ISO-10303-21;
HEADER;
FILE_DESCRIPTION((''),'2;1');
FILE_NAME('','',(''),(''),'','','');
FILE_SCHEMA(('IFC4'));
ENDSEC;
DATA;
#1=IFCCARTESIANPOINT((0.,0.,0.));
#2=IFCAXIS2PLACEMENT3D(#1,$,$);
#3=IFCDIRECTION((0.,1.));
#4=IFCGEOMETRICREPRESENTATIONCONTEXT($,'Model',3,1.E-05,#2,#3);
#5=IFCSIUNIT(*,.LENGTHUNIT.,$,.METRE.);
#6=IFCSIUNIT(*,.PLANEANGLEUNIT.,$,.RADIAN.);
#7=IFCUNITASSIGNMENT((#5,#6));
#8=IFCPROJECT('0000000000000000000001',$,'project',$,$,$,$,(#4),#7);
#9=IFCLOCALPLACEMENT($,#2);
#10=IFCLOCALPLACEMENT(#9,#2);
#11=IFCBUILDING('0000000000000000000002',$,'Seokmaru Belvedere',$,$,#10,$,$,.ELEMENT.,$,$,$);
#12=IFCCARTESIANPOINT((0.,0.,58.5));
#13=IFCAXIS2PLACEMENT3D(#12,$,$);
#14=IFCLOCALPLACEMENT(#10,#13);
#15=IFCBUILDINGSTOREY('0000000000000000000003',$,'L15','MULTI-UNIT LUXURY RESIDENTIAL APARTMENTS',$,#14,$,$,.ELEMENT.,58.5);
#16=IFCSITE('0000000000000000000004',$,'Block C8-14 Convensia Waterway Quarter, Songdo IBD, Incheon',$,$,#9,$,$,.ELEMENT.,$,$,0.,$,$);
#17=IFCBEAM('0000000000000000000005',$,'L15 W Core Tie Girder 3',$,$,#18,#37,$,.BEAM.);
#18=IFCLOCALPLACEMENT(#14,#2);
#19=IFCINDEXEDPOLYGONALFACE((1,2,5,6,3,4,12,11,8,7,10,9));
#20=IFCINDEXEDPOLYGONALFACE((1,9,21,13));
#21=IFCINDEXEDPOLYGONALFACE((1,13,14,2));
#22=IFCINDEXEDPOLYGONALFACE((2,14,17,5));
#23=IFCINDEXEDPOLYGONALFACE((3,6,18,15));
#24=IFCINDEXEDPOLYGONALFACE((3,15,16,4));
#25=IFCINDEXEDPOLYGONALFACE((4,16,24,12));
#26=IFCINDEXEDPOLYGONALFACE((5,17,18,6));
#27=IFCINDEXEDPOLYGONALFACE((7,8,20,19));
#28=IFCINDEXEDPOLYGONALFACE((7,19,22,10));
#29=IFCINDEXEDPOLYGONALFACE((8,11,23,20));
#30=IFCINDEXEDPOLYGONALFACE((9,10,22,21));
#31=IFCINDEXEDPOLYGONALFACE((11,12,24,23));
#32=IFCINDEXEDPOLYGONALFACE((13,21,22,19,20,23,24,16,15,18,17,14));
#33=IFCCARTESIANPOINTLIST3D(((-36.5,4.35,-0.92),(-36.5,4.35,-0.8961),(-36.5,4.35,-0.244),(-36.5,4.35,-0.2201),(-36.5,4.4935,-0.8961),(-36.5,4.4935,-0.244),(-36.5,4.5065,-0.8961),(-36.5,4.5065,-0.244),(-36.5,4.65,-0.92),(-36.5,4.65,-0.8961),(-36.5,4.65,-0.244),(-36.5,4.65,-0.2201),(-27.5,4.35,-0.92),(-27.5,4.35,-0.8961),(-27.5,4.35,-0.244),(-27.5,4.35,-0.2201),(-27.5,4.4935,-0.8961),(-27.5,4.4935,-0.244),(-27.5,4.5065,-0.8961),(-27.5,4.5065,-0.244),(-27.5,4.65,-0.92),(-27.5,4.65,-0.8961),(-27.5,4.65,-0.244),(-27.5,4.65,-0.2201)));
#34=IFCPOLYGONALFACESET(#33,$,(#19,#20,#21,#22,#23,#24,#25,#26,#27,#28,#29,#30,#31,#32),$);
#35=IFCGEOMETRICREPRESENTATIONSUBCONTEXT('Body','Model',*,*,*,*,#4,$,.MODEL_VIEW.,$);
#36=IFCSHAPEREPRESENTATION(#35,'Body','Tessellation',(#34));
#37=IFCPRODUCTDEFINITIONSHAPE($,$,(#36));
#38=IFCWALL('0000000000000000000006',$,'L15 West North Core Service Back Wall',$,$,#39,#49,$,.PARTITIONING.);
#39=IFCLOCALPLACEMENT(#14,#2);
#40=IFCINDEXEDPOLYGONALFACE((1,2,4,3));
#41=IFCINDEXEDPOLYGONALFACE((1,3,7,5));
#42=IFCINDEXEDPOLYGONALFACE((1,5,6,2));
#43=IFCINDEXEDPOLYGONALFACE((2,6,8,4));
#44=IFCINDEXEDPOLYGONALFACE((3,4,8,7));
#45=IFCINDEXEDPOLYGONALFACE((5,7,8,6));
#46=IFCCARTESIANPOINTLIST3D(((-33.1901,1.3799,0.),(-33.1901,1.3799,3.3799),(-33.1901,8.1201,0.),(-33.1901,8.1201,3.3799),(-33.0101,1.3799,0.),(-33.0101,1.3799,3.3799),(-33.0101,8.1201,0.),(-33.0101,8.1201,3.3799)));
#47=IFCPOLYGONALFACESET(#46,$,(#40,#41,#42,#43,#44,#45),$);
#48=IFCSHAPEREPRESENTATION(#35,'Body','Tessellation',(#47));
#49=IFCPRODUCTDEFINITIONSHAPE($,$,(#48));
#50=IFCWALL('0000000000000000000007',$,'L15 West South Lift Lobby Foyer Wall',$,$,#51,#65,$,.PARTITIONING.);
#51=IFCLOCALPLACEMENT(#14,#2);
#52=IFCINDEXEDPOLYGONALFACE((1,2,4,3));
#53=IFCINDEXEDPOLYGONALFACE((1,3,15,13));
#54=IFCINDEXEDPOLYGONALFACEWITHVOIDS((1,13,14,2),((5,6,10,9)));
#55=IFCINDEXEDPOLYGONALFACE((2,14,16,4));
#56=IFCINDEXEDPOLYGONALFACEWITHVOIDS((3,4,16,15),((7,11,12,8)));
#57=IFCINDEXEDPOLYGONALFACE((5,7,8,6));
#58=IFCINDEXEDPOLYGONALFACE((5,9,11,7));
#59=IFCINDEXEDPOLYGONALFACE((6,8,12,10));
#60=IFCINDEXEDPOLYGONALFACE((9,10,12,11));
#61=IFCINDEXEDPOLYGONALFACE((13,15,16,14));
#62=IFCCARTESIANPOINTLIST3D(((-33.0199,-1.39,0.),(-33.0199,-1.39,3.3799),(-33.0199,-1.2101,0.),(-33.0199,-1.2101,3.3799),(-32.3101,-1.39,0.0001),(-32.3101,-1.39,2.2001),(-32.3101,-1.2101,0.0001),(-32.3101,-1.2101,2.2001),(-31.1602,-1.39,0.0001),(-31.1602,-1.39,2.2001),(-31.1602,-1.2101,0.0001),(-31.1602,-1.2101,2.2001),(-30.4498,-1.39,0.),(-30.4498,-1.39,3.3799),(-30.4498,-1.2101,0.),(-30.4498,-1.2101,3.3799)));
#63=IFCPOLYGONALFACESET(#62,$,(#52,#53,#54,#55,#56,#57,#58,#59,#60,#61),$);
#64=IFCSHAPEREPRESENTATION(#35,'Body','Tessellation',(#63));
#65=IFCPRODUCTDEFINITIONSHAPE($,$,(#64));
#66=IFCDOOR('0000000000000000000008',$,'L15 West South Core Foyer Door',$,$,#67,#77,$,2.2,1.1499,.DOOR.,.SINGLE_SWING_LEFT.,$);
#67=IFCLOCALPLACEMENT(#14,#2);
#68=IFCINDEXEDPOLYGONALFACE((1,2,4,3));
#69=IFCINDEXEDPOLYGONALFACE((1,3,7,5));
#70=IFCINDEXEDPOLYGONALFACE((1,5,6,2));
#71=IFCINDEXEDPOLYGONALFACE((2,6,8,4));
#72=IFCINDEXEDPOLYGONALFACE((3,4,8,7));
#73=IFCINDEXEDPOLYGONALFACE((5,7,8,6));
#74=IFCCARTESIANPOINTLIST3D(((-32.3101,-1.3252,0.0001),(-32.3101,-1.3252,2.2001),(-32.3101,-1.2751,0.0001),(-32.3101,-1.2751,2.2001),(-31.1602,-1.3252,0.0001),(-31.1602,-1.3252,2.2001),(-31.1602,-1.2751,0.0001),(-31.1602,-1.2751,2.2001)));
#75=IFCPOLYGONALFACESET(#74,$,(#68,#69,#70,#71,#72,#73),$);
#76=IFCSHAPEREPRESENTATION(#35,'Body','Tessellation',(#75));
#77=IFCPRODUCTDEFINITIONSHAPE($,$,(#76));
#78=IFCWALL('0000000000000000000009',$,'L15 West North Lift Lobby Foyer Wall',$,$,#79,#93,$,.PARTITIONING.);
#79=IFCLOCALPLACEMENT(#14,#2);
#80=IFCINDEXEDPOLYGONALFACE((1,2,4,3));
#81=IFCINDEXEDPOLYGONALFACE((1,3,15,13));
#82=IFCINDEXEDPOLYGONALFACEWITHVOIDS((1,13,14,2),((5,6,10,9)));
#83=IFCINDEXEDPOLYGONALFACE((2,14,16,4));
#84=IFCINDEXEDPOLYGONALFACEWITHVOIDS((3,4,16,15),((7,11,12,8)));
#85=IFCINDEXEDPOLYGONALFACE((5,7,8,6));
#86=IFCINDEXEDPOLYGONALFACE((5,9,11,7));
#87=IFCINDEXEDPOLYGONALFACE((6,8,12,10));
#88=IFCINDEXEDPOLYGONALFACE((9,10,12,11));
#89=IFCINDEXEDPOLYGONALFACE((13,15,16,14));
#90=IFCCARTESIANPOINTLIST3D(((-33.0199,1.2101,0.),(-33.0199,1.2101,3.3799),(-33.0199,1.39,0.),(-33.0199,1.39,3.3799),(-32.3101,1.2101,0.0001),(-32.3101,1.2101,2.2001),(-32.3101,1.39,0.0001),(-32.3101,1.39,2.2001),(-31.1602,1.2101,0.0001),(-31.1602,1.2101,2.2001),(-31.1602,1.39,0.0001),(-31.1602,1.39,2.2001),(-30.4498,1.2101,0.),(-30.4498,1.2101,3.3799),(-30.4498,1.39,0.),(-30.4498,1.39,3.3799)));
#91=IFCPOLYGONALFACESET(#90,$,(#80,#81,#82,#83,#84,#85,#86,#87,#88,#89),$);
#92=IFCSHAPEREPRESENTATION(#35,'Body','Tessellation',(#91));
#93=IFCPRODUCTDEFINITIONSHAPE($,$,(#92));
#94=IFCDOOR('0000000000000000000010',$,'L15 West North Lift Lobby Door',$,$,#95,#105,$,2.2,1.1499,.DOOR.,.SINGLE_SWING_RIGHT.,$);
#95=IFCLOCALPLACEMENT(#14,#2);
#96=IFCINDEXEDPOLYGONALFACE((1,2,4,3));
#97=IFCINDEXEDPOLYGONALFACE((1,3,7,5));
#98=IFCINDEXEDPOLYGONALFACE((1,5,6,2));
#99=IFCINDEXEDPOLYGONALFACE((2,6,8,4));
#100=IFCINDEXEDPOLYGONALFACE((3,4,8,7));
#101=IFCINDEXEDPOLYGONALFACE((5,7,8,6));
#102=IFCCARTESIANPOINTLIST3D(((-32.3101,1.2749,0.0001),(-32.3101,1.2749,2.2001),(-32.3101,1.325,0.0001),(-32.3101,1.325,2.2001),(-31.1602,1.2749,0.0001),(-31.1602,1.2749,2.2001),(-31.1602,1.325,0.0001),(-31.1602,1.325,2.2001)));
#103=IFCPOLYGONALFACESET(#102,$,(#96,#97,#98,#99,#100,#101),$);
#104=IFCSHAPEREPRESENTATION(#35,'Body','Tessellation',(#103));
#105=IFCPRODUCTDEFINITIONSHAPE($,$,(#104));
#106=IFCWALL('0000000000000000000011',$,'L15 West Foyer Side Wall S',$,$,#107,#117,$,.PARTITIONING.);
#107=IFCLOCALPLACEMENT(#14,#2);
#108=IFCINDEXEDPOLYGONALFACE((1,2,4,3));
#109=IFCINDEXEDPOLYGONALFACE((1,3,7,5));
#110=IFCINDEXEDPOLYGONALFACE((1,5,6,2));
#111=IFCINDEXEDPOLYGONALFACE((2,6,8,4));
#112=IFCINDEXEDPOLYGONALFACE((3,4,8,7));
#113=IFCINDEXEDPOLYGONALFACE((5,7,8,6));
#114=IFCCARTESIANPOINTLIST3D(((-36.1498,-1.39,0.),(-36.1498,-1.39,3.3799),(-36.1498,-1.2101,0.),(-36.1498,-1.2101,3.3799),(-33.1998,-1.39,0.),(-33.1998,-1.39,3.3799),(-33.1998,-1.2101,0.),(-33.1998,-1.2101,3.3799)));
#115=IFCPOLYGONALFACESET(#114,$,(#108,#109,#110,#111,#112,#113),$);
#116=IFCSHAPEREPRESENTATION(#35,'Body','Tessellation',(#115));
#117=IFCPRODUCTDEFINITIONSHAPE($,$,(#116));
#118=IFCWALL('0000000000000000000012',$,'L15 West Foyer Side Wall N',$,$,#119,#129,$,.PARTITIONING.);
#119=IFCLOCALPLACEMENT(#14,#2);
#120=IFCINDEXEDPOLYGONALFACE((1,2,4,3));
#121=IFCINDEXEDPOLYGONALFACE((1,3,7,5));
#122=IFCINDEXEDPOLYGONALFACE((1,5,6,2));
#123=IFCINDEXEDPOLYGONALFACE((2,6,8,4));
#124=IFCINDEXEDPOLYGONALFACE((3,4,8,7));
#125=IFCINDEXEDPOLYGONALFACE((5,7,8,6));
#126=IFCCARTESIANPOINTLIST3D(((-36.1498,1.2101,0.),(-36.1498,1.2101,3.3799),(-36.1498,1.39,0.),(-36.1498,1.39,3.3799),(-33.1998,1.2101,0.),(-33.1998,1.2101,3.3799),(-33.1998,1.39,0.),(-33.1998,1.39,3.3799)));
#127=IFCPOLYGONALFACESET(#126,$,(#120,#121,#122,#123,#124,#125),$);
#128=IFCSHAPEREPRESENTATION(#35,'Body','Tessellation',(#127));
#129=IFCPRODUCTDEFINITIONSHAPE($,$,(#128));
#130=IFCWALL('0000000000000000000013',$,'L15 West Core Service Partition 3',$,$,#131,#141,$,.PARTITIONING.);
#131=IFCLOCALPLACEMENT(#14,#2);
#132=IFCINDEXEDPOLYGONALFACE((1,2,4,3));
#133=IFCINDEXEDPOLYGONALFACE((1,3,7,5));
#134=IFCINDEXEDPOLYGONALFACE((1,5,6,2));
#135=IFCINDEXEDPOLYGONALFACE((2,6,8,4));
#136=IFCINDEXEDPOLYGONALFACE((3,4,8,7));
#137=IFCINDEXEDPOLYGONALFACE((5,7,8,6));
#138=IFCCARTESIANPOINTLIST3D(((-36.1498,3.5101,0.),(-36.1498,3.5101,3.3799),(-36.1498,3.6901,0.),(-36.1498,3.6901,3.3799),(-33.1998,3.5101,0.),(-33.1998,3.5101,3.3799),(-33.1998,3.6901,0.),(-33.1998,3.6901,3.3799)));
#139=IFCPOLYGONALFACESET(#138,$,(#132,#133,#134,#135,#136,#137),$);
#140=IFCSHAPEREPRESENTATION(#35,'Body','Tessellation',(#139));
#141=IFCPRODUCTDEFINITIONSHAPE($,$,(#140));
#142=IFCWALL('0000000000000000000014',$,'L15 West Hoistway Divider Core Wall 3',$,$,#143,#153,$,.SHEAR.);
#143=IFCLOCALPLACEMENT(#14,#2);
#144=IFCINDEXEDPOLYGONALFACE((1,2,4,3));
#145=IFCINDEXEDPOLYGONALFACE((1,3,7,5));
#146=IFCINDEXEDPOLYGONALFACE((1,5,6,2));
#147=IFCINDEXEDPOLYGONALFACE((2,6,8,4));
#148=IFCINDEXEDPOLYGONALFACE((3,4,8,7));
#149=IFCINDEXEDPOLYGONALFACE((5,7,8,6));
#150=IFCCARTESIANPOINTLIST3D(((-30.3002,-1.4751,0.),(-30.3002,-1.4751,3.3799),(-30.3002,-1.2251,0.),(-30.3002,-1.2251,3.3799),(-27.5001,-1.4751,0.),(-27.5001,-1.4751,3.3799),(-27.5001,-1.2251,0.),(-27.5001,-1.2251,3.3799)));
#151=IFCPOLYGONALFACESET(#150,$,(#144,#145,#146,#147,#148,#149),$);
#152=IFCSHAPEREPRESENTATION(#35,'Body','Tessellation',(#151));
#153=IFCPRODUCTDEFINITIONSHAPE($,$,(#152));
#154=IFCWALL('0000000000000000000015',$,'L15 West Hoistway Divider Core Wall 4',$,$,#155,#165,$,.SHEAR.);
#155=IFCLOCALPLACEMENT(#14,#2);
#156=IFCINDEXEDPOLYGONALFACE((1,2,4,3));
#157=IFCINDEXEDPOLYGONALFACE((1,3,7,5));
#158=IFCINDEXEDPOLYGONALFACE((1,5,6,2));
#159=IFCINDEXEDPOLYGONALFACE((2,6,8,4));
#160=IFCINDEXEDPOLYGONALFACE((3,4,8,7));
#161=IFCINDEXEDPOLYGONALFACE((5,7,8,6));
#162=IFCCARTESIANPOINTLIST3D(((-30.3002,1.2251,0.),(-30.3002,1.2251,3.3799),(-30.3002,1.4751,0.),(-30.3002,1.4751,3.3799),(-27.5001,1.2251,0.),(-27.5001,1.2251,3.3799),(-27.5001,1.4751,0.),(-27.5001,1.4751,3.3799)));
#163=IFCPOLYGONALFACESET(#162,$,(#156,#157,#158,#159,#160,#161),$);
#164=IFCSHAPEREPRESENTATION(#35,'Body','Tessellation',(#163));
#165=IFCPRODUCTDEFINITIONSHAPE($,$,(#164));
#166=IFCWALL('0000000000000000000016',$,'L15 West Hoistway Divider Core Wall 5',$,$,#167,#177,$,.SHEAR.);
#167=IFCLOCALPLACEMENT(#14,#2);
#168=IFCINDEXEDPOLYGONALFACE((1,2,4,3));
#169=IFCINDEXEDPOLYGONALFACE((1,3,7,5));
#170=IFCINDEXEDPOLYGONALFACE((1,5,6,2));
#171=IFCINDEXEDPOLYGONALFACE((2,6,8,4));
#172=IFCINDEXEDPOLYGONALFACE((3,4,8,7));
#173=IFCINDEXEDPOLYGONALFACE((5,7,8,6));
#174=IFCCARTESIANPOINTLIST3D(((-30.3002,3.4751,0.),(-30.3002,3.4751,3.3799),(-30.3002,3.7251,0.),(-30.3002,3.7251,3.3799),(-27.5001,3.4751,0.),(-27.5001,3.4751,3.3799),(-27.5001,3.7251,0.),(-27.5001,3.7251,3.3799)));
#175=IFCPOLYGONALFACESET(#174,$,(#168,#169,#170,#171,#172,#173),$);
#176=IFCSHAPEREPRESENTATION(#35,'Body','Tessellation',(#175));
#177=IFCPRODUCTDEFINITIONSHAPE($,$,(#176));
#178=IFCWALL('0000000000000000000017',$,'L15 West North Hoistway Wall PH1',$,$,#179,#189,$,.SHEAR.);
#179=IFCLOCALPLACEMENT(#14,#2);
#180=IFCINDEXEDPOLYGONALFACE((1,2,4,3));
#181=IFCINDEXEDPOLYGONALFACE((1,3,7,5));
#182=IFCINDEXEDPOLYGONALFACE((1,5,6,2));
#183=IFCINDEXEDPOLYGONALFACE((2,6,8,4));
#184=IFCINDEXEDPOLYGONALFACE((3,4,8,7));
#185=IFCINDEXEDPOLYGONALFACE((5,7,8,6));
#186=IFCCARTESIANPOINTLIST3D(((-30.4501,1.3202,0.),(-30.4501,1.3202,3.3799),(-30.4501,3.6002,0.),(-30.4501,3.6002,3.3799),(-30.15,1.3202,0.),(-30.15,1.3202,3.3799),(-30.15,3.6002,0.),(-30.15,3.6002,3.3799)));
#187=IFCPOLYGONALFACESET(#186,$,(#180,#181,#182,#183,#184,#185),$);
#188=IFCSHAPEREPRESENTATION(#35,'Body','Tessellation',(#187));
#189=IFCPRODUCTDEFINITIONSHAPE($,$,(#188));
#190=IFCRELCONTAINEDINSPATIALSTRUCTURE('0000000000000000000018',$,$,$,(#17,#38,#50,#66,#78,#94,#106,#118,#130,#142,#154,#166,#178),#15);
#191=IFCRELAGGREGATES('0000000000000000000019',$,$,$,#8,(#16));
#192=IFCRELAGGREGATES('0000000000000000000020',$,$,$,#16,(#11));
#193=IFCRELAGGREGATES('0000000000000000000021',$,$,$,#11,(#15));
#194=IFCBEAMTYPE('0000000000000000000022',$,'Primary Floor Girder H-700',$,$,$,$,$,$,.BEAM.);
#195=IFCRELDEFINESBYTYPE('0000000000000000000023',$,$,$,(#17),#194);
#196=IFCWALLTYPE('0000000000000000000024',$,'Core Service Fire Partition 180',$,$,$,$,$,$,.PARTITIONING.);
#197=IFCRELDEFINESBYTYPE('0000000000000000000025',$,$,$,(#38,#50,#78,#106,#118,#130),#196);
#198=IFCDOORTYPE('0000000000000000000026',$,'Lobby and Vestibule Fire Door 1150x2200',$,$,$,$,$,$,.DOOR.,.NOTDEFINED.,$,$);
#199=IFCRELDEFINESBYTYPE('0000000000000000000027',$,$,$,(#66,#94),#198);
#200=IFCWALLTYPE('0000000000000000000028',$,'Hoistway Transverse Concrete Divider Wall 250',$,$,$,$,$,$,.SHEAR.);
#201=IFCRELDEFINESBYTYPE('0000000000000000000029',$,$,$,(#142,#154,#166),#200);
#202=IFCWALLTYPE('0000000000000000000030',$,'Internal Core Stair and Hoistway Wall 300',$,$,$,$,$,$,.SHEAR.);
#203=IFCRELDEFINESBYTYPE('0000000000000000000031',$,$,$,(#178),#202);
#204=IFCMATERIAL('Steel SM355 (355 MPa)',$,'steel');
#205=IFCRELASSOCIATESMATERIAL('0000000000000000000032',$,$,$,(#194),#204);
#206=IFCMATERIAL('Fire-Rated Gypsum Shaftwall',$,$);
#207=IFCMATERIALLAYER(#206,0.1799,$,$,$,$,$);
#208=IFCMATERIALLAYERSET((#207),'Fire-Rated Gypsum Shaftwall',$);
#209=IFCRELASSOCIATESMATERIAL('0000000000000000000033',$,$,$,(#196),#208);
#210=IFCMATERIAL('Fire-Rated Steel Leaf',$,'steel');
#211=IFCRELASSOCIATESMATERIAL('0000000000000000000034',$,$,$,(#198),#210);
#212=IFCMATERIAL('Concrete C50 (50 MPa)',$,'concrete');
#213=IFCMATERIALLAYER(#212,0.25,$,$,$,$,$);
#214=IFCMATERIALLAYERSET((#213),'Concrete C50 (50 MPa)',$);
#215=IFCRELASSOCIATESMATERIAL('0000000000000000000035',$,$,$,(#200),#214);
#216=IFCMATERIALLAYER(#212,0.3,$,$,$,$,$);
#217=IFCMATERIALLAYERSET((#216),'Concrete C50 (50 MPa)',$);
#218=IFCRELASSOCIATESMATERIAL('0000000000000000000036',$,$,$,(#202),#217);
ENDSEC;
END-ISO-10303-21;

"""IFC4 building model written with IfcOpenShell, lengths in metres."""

from ifc_helpers import new_model, si_unit, direction, frame, frame_2d, origin, origin_2d, place, context, subcontext, project, spatial, rectangle, i_section, extrude, source, transform, mapped, material, layer, layer_set, material_profile, profile_set, type_object, type_shapes, element, fill, save


model = new_model("IFC4")

# Units and contexts
model_context = context("Model", 3, precision=1e-05, world=origin(), true_north=direction((0.0, 1.0)))
body_context = subcontext(model_context, "Body", "Model", "MODEL_VIEW")
ifc_project = project(units=[si_unit("LENGTHUNIT", "METRE"), si_unit("PLANEANGLEUNIT", "RADIAN")], contexts=[model_context])

# Site, building, storey
site_placement = place(None, origin())
site = spatial("IfcSite", under=ifc_project, at=site_placement, Name="Block C8-14 Convensia Waterway Quarter, Songdo IBD, Incheon", CompositionType="ELEMENT", RefElevation=0.0)
building_placement = place(site_placement, origin())
building = spatial("IfcBuilding", under=site, at=building_placement, Name="Seokmaru Belvedere", CompositionType="ELEMENT")
storey_placement = place(building_placement, frame((0.0, 0.0, 58.5)))
storey = spatial("IfcBuildingStorey", under=building, at=storey_placement, Name="L15", Description="MULTI-UNIT LUXURY RESIDENTIAL APARTMENTS", CompositionType="ELEMENT", Elevation=58.5)

# Beam
ifc_material_1 = material(Name="Steel SM355 (355 MPa)", Category="steel")
ifc_material_profile = material_profile(ifc_material_1, i_section(OverallWidth=0.3, OverallDepth=0.7, WebThickness=0.0129, FlangeThickness=0.0239, at=origin_2d()), Name="H-700x300x13x24")
ifc_profile_set = profile_set([ifc_material_profile], Name="Steel SM355 (355 MPa)")
beam_type = type_object("IfcBeamType", Name="Primary Floor Girder H-700", PredefinedType="BEAM", material=ifc_profile_set)
shared_shape_1 = source(origin(), body_context, "Body", "SweptSolid", [
    extrude(i_section(OverallWidth=0.3, OverallDepth=0.7, WebThickness=0.0129, FlangeThickness=0.0239, at=origin_2d()), origin(), (0.0, 0.0, 1.0), 9.0),
])
type_shapes(beam_type, [shared_shape_1])
beam_placement = place(storey_placement, frame((-36.5, 4.5, -0.5701), z_axis=(1.0, 0.0, 0.0), x_axis=(0.0, 1.0, 0.0)))
element("IfcBeam", 1, at=beam_placement, inside=storey, type_object=beam_type, Name="L15 W Core Tie Girder 3", PredefinedType="BEAM", context=body_context, shape_type="MappedRepresentation", body=[
    mapped(shared_shape_1, transform((0.0, 0.0, 0.0), scale=1.0)),
])

# Wall
ifc_material_2 = material(Name="Fire-Rated Gypsum Shaftwall")
ifc_layer_1 = layer(ifc_material_2, 0.1799)
ifc_layer_set_1 = layer_set([ifc_layer_1], Name="Fire-Rated Gypsum Shaftwall")
wall_type_1 = type_object("IfcWallType", Name="Core Service Fire Partition 180", PredefinedType="PARTITIONING", material=ifc_layer_set_1)
wall_1_placement = place(storey_placement, frame((-33.1001, 1.3799, 0.0), z_axis=(0.0, 0.0, 1.0), x_axis=(0.0, 1.0, 0.0)))
element("IfcWall", 2, at=wall_1_placement, inside=storey, type_object=wall_type_1, Name="L15 West North Core Service Back Wall", PredefinedType="PARTITIONING", context=body_context, shape_type="SweptSolid", body=[
    extrude(rectangle(XDim=6.7402, YDim=0.1799, at=frame_2d((3.3701, 0.0))), origin(), (0.0, 0.0, 1.0), 3.3799),
])

# Walls, openings, doors
wall_2_placement = place(storey_placement, frame((-33.02, -1.3, 0.0), z_axis=(0.0, 0.0, 1.0), x_axis=(1.0, 0.0, 0.0)))
wall_2 = element("IfcWall", 3, at=wall_2_placement, inside=storey, type_object=wall_type_1, Name="L15 West South Lift Lobby Foyer Wall", PredefinedType="PARTITIONING", context=body_context, shape_type="SweptSolid", body=[
    extrude(rectangle(XDim=2.5701, YDim=0.1799, at=frame_2d((1.2852, 0.0))), origin(), (0.0, 0.0, 1.0), 3.3799),
])
opening_1_placement = place(wall_2_placement, frame((0.71, 0.0, 0.0)))
opening_1 = element("IfcOpeningElement", 4, at=opening_1_placement, cuts=wall_2, PredefinedType="OPENING", context=body_context, shape_type="SweptSolid", body=[
    extrude(rectangle(XDim=1.1499, YDim=2.2, at=frame_2d((0.575, 1.1001))), frame((0.0, 0.1001, 0.0), z_axis=(0.0, -1.0, 0.0), x_axis=(1.0, 0.0, 0.0)), (0.0, 0.0, 1.0), 0.2),
])
ifc_material_3 = material(Name="Fire-Rated Steel Leaf", Category="steel")
door_type_1 = type_object("IfcDoorType", Name="Lobby and Vestibule Fire Door 1150x2200", OperationType="NOTDEFINED", PredefinedType="DOOR", material=ifc_material_3)
shared_shape_2 = source(origin(), body_context, "Body", "SweptSolid", [
    extrude(rectangle(XDim=1.1499, YDim=2.2, at=frame_2d((0.575, 1.1001))), frame((0.0, 0.0249, 0.0), z_axis=(0.0, -1.0, 0.0), x_axis=(1.0, 0.0, 0.0)), (0.0, 0.0, 1.0), 0.05),
])
type_shapes(door_type_1, [shared_shape_2])
door_1_placement = place(opening_1_placement, origin())
door_1 = element("IfcDoor", 5, at=door_1_placement, inside=storey, type_object=door_type_1, Name="L15 West South Core Foyer Door", OperationType="SINGLE_SWING_LEFT", OverallHeight=2.2, OverallWidth=1.1499, PredefinedType="DOOR", context=body_context, shape_type="MappedRepresentation", body=[
    mapped(shared_shape_2, transform((0.0, 0.0, 0.0), scale=1.0)),
])
fill(opening_1, door_1)
wall_3_placement = place(storey_placement, frame((-33.02, 1.3, 0.0), z_axis=(0.0, 0.0, 1.0), x_axis=(1.0, 0.0, 0.0)))
wall_3 = element("IfcWall", 6, at=wall_3_placement, inside=storey, type_object=wall_type_1, Name="L15 West North Lift Lobby Foyer Wall", PredefinedType="PARTITIONING", context=body_context, shape_type="SweptSolid", body=[
    extrude(rectangle(XDim=2.5701, YDim=0.1799, at=frame_2d((1.2852, 0.0))), origin(), (0.0, 0.0, 1.0), 3.3799),
])
opening_2_placement = place(wall_3_placement, frame((0.71, 0.0, 0.0)))
opening_2 = element("IfcOpeningElement", 7, at=opening_2_placement, cuts=wall_3, PredefinedType="OPENING", context=body_context, shape_type="SweptSolid", body=[
    extrude(rectangle(XDim=1.1499, YDim=2.2, at=frame_2d((0.575, 1.1001))), frame((0.0, 0.1001, 0.0), z_axis=(0.0, -1.0, 0.0), x_axis=(1.0, 0.0, 0.0)), (0.0, 0.0, 1.0), 0.2),
])
door_2_placement = place(opening_2_placement, origin())
door_2 = element("IfcDoor", 8, at=door_2_placement, inside=storey, type_object=door_type_1, Name="L15 West North Lift Lobby Door", OperationType="SINGLE_SWING_RIGHT", OverallHeight=2.2, OverallWidth=1.1499, PredefinedType="DOOR", context=body_context, shape_type="MappedRepresentation", body=[
    mapped(shared_shape_2, transform((0.0, 0.0, 0.0), scale=1.0)),
])
fill(opening_2, door_2)

# Walls
for number, where, z_axis, x_axis, name in (
    (9, (-36.1499, -1.3, 0.0), (0.0, 0.0, 1.0), (1.0, 0.0, 0.0), "L15 West Foyer Side Wall S"),
    (10, (-36.1499, 1.3, 0.0), (0.0, 0.0, 1.0), (1.0, 0.0, 0.0), "L15 West Foyer Side Wall N"),
    (11, (-36.1499, 3.6001, 0.0), (0.0, 0.0, 1.0), (1.0, 0.0, 0.0), "L15 West Core Service Partition 3"),
):
    element("IfcWall", number, at=place(storey_placement, frame(where, z_axis=z_axis, x_axis=x_axis)), inside=storey, type_object=wall_type_1, Name=name, PredefinedType="PARTITIONING", context=body_context, shape_type="SweptSolid", body=[
        extrude(rectangle(XDim=2.95, YDim=0.1799, at=frame_2d((1.4751, 0.0))), origin(), (0.0, 0.0, 1.0), 3.3799),
    ])
ifc_material_4 = material(Name="Concrete C50 (50 MPa)", Category="concrete")
ifc_layer_2 = layer(ifc_material_4, 0.25)
ifc_layer_set_2 = layer_set([ifc_layer_2], Name="Concrete C50 (50 MPa)")
wall_type_2 = type_object("IfcWallType", Name="Hoistway Transverse Concrete Divider Wall 250", PredefinedType="SHEAR", material=ifc_layer_set_2)
for number, where, z_axis, x_axis, name in (
    (12, (-30.3, -1.3501, 0.0), (0.0, 0.0, 1.0), (1.0, 0.0, 0.0), "L15 West Hoistway Divider Core Wall 3"),
    (13, (-30.3, 1.3501, 0.0), (0.0, 0.0, 1.0), (1.0, 0.0, 0.0), "L15 West Hoistway Divider Core Wall 4"),
    (14, (-30.3, 3.6001, 0.0), (0.0, 0.0, 1.0), (1.0, 0.0, 0.0), "L15 West Hoistway Divider Core Wall 5"),
):
    element("IfcWall", number, at=place(storey_placement, frame(where, z_axis=z_axis, x_axis=x_axis)), inside=storey, type_object=wall_type_2, Name=name, PredefinedType="SHEAR", context=body_context, shape_type="SweptSolid", body=[
        extrude(rectangle(XDim=2.8, YDim=0.25, at=frame_2d((1.3999, 0.0))), origin(), (0.0, 0.0, 1.0), 3.3799),
    ])
ifc_layer_3 = layer(ifc_material_4, 0.3)
ifc_layer_set_3 = layer_set([ifc_layer_3], Name="Concrete C50 (50 MPa)")
wall_type_3 = type_object("IfcWallType", Name="Internal Core Stair and Hoistway Wall 300", PredefinedType="SHEAR", material=ifc_layer_set_3)
wall_4_placement = place(storey_placement, frame((-30.3, 1.3201, 0.0), z_axis=(0.0, 0.0, 1.0), x_axis=(0.0, 1.0, 0.0)))
element("IfcWall", 15, at=wall_4_placement, inside=storey, type_object=wall_type_3, Name="L15 West North Hoistway Wall PH1", PredefinedType="SHEAR", context=body_context, shape_type="SweptSolid", body=[
    extrude(rectangle(XDim=2.28, YDim=0.3, at=frame_2d((1.1401, 0.0))), origin(), (0.0, 0.0, 1.0), 3.3799),
])

save(model, "model.ifc")
